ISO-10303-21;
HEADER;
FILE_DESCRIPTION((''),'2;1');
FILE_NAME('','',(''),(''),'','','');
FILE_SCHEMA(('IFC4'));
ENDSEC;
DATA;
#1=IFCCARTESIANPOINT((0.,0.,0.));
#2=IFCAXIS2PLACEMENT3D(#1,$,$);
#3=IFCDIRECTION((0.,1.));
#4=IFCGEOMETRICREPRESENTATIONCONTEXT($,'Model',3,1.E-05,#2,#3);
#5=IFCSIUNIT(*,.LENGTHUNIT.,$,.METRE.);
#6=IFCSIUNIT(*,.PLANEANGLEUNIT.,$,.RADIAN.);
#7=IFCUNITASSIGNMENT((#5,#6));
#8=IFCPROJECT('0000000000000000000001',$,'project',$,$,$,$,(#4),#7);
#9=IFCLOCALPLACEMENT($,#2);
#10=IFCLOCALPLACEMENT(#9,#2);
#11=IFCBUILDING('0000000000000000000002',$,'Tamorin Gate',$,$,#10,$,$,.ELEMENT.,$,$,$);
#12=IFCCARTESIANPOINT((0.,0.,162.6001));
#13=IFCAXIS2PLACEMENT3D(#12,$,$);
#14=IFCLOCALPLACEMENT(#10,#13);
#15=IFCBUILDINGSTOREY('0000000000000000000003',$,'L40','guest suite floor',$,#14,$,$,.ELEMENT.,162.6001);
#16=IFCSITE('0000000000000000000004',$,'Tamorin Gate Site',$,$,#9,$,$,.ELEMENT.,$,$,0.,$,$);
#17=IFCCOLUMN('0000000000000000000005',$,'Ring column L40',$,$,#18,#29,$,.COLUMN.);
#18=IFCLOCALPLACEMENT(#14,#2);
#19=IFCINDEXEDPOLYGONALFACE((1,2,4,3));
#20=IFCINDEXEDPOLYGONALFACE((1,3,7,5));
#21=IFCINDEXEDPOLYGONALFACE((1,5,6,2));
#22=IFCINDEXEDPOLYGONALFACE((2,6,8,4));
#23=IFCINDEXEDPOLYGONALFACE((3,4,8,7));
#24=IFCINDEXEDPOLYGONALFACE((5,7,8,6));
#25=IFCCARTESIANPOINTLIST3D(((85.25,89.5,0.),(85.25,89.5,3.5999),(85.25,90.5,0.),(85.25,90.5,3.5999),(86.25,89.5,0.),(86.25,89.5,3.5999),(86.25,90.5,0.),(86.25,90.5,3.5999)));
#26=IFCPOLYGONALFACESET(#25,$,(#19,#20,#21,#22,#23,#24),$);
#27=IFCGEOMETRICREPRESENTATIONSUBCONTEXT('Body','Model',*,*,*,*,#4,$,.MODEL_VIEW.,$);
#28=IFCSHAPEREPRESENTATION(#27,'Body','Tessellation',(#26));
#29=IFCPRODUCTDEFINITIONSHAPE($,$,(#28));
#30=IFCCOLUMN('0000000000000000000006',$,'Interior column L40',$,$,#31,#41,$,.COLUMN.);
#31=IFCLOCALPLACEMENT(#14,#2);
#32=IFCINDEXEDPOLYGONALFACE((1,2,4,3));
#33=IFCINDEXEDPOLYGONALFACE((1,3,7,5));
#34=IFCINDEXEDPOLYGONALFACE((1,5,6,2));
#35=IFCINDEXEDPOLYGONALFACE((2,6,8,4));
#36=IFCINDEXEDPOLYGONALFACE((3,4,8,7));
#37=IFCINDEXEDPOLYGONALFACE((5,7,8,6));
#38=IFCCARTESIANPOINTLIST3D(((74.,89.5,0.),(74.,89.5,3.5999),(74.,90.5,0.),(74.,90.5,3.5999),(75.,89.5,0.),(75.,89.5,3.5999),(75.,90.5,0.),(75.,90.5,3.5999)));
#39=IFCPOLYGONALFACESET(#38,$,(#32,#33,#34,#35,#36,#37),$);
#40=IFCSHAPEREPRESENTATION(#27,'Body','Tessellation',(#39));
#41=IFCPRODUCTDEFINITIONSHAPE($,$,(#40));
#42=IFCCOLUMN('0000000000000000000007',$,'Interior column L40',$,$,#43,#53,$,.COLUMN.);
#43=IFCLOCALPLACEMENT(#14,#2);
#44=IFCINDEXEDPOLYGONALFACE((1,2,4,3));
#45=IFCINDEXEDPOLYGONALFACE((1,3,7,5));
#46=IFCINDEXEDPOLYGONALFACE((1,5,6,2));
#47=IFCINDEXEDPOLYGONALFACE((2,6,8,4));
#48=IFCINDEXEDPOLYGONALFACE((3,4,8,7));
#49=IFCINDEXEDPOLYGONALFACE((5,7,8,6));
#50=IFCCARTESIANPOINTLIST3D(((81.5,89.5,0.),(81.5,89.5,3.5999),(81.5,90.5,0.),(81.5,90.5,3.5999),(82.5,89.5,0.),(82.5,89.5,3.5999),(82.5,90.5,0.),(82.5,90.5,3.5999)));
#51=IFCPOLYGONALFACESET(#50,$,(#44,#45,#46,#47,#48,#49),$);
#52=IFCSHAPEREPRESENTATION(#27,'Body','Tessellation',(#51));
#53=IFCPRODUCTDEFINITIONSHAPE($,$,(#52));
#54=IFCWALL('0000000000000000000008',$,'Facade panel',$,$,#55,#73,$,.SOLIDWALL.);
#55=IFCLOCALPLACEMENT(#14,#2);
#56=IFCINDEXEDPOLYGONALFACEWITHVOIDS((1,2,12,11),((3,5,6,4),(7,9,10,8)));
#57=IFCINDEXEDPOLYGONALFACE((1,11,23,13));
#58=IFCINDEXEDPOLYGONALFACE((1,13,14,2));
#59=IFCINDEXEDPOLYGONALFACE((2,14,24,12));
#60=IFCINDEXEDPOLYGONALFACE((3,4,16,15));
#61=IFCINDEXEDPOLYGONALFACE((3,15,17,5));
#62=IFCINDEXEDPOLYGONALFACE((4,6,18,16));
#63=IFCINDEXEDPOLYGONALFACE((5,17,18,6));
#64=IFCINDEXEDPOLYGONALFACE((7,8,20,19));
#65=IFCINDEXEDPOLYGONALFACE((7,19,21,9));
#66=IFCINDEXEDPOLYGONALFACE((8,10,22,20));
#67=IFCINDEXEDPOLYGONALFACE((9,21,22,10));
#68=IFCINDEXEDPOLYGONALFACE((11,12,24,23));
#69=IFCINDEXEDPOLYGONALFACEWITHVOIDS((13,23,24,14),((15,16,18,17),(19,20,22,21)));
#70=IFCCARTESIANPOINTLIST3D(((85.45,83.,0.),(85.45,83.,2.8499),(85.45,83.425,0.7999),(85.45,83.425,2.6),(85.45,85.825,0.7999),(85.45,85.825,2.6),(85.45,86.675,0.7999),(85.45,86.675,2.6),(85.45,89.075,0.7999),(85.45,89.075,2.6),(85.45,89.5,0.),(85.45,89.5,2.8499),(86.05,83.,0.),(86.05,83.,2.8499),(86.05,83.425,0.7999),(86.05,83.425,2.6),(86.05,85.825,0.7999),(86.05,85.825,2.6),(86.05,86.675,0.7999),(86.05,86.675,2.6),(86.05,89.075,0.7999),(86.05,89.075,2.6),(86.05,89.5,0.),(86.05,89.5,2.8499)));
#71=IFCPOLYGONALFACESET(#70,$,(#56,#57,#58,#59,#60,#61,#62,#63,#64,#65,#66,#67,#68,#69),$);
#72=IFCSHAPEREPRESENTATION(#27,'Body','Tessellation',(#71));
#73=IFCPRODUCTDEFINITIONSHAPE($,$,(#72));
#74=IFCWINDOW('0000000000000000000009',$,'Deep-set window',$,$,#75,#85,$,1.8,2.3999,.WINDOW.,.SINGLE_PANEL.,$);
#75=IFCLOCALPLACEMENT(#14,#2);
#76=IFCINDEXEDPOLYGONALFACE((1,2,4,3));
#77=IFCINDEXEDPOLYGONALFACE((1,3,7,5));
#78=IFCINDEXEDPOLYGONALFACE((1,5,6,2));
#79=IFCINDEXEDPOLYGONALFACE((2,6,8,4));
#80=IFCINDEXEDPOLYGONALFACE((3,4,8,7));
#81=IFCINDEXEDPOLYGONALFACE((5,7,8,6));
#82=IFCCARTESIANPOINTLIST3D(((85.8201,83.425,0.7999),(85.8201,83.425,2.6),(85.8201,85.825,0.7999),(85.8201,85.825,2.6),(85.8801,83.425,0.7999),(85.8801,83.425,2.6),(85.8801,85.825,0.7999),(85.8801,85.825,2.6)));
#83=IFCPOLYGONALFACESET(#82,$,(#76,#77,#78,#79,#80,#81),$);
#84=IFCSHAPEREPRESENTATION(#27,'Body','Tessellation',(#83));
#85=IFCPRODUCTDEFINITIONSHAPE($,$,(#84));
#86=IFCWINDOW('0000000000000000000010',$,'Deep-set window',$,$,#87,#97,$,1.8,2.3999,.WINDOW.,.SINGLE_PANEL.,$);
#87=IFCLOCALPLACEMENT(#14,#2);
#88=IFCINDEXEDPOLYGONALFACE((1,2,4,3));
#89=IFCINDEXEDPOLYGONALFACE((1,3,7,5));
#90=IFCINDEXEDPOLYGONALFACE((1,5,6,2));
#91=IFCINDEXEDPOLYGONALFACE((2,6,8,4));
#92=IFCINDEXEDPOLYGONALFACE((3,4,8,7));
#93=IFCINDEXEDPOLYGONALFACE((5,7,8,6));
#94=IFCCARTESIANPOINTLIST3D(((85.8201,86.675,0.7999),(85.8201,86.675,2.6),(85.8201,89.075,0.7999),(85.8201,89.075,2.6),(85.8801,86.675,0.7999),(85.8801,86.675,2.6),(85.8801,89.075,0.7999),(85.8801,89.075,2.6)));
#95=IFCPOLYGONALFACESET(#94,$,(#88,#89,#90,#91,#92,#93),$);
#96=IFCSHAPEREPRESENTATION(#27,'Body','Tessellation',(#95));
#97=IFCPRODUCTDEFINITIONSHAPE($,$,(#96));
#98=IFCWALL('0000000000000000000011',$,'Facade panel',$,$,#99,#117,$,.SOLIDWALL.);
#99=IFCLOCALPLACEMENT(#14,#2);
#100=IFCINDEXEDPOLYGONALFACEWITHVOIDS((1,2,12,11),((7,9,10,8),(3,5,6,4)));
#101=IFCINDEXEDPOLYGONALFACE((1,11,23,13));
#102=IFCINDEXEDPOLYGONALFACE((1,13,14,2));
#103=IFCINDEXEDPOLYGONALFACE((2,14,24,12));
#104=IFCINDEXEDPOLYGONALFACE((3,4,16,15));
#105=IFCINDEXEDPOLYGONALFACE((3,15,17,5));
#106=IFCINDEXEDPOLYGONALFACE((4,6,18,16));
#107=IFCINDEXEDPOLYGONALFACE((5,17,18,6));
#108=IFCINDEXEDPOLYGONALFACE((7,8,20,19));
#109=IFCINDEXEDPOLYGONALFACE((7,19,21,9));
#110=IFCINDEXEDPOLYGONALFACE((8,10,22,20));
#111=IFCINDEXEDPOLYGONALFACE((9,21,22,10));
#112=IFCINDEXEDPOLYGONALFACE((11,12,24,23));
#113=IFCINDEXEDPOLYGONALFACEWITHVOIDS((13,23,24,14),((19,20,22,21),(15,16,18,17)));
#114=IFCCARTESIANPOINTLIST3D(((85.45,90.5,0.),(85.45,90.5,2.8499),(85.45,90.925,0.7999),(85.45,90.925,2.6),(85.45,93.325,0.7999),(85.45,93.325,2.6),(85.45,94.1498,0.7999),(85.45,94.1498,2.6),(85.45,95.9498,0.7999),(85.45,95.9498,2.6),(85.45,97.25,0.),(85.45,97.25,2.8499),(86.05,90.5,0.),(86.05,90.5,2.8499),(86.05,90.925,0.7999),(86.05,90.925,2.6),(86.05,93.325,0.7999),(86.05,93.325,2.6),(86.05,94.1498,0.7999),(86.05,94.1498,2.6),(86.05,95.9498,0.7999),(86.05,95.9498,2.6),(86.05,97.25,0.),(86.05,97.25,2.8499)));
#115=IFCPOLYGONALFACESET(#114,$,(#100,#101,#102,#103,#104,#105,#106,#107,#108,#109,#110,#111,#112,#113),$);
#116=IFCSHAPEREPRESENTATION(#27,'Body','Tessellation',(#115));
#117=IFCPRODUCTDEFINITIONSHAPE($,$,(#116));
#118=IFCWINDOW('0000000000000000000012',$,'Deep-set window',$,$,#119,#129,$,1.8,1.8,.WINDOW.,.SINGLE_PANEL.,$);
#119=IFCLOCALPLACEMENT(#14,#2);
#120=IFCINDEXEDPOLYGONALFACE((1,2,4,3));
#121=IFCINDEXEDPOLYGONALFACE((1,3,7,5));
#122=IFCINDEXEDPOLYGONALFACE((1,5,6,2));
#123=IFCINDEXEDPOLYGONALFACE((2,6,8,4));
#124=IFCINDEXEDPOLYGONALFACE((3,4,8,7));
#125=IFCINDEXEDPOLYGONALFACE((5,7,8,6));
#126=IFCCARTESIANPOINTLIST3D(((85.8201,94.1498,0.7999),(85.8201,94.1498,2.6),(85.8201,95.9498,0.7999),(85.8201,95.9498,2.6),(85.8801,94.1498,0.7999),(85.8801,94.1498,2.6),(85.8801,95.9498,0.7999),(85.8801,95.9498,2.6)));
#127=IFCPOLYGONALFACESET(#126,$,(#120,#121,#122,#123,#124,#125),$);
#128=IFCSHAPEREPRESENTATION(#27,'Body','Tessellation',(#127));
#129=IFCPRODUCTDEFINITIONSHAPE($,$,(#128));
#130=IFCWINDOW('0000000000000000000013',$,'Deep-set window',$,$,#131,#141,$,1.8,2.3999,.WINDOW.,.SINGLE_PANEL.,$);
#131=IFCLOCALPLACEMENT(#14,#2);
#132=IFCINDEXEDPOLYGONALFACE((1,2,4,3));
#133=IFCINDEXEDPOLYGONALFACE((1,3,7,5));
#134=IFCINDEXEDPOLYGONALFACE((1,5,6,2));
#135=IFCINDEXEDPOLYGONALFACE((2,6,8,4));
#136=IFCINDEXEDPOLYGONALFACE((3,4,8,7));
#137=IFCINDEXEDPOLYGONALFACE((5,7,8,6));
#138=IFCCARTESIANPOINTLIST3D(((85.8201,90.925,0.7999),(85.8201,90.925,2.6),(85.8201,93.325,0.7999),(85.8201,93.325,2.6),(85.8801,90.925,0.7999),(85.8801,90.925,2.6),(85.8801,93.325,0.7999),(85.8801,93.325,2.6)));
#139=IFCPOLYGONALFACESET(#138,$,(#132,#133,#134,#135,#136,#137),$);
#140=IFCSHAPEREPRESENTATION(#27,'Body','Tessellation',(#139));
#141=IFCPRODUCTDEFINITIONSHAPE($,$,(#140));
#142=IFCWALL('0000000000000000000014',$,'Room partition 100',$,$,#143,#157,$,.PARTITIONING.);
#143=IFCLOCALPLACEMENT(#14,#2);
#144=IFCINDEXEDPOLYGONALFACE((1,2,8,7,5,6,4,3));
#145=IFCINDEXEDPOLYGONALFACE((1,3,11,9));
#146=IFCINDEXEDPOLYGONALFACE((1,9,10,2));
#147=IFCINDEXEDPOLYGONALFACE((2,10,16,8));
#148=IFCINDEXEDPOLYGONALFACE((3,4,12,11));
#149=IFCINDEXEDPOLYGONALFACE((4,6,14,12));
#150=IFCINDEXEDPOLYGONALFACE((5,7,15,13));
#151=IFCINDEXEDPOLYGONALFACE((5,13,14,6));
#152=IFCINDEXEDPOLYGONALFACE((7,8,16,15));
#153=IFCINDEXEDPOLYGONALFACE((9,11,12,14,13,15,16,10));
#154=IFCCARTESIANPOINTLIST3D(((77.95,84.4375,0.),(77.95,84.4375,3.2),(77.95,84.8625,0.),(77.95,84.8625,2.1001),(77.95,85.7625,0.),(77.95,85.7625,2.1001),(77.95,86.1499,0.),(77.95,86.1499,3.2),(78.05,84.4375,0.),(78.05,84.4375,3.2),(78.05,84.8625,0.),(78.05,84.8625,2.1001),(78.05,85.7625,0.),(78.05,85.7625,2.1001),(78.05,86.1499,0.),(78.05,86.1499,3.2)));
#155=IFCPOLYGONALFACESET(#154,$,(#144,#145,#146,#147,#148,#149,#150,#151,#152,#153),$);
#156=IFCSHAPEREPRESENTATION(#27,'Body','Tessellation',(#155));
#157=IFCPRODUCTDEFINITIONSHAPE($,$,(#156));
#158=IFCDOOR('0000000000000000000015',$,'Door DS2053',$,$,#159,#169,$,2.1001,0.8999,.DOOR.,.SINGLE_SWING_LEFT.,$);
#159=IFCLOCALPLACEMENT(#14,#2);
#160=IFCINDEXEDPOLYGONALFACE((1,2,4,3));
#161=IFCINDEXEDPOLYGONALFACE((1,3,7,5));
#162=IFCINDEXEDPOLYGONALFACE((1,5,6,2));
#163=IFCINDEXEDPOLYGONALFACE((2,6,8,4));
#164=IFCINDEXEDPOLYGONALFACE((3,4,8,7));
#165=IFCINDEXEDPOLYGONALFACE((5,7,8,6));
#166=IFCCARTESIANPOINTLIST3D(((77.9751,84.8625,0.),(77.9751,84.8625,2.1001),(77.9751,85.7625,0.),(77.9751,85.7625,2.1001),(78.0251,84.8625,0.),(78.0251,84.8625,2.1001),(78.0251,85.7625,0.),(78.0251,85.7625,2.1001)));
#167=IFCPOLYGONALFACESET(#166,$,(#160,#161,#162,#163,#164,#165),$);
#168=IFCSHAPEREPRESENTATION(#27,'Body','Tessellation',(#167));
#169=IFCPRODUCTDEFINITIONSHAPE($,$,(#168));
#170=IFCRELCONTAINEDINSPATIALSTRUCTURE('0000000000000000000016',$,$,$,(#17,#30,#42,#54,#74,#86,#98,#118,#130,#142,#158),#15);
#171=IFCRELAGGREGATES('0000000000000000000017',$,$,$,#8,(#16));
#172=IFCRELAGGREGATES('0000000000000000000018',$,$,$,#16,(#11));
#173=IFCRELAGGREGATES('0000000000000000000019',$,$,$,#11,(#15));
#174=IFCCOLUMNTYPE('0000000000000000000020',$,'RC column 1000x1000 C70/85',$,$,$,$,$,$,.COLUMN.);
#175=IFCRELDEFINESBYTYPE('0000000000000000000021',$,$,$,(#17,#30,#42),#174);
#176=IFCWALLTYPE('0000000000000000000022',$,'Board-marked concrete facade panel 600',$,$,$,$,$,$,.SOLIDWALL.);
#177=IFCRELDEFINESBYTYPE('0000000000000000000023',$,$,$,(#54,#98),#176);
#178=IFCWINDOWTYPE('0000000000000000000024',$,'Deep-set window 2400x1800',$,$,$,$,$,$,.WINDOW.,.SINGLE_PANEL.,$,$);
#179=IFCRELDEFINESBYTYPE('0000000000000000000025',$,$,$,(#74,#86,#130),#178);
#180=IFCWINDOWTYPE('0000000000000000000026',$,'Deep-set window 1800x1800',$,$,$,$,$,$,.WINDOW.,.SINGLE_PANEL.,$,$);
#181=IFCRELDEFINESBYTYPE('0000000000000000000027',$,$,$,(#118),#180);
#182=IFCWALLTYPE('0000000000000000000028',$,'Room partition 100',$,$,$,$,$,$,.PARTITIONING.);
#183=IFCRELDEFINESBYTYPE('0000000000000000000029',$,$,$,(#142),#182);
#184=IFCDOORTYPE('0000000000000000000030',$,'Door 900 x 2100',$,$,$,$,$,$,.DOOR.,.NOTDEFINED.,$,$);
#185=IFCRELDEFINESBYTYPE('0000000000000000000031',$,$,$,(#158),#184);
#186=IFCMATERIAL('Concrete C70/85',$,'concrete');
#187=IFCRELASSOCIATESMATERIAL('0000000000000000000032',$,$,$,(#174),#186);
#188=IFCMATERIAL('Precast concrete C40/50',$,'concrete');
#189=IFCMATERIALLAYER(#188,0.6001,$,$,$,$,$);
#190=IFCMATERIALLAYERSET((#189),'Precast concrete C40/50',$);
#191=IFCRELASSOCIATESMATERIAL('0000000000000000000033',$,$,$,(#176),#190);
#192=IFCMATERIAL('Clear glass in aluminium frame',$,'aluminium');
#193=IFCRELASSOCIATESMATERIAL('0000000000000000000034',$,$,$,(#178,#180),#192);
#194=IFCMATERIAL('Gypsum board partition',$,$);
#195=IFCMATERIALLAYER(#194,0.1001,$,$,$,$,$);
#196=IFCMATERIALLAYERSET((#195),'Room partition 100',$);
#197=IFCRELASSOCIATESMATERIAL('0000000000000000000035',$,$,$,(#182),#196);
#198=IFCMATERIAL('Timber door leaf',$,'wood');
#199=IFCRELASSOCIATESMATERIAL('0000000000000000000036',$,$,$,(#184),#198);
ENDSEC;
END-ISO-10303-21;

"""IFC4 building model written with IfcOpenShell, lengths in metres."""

from ifc_helpers import new_model, si_unit, direction, frame, frame_2d, origin, origin_2d, place, context, subcontext, project, spatial, rectangle, extrude, material, layer, layer_set, material_profile, profile_set, type_object, element, fill, save


model = new_model("IFC4")

# Units and contexts
model_context = context("Model", 3, precision=1e-05, world=origin(), true_north=direction((0.0, 1.0)))
body_context = subcontext(model_context, "Body", "Model", "MODEL_VIEW")
ifc_project = project(units=[si_unit("LENGTHUNIT", "METRE"), si_unit("PLANEANGLEUNIT", "RADIAN")], contexts=[model_context])

# Site, building, storey
site_placement = place(None, origin())
site = spatial("IfcSite", under=ifc_project, at=site_placement, Name="Tamorin Gate Site", CompositionType="ELEMENT", RefElevation=0.0)
building_placement = place(site_placement, origin())
building = spatial("IfcBuilding", under=site, at=building_placement, Name="Tamorin Gate", CompositionType="ELEMENT")
storey_placement = place(building_placement, frame((0.0, 0.0, 162.6001)))
storey = spatial("IfcBuildingStorey", under=building, at=storey_placement, Name="L40", Description="guest suite floor", CompositionType="ELEMENT", Elevation=162.6001)

# Columns
ifc_material_1 = material(Name="Concrete C70/85", Category="concrete")
ifc_material_profile = material_profile(ifc_material_1, rectangle(XDim=1.0, YDim=1.0, at=origin_2d()), Name="RC 1000x1000")
ifc_profile_set = profile_set([ifc_material_profile], Name="Concrete C70/85")
column_type = type_object("IfcColumnType", Name="RC column 1000x1000 C70/85", PredefinedType="COLUMN", material=ifc_profile_set)
for number, where, z_axis, x_axis, name in (
    (1, (85.75, 90.0, 0.0), (0.0, 0.0, 1.0), (1.0, 0.0, 0.0), "Ring column L40"),
    (2, (74.5, 90.0, 0.0), (0.0, 0.0, 1.0), (1.0, 0.0, 0.0), "Interior column L40"),
    (3, (82.0, 90.0, 0.0), (0.0, 0.0, 1.0), (1.0, 0.0, 0.0), "Interior column L40"),
):
    element("IfcColumn", number, at=place(storey_placement, frame(where, z_axis=z_axis, x_axis=x_axis)), inside=storey, type_object=column_type, Name=name, PredefinedType="COLUMN", context=body_context, shape_type="SweptSolid", body=[
        extrude(rectangle(XDim=1.0, YDim=1.0, at=origin_2d()), origin(), (0.0, 0.0, 1.0), 3.5999),
    ])

# Walls, openings, windows
ifc_material_2 = material(Name="Precast concrete C40/50", Category="concrete")
ifc_layer_1 = layer(ifc_material_2, 0.6001)
ifc_layer_set_1 = layer_set([ifc_layer_1], Name="Precast concrete C40/50")
wall_type_1 = type_object("IfcWallType", Name="Board-marked concrete facade panel 600", PredefinedType="SOLIDWALL", material=ifc_layer_set_1)
wall_1_placement = place(storey_placement, frame((85.75, 83.0, 0.0), z_axis=(0.0, 0.0, 1.0), x_axis=(0.0, 1.0, 0.0)))
wall_1 = element("IfcWall", 4, at=wall_1_placement, inside=storey, type_object=wall_type_1, Name="Facade panel", PredefinedType="SOLIDWALL", context=body_context, shape_type="SweptSolid", body=[
    extrude(rectangle(XDim=6.5, YDim=0.6001, at=frame_2d((3.25, 0.0))), origin(), (0.0, 0.0, 1.0), 2.8499),
])
opening_1_placement = place(wall_1_placement, frame((0.425, 0.0, 0.8)))
opening_1 = element("IfcOpeningElement", 5, at=opening_1_placement, cuts=wall_1, PredefinedType="OPENING", context=body_context, shape_type="SweptSolid", body=[
    extrude(rectangle(XDim=2.3999, YDim=1.8, at=frame_2d((1.2, 0.8999))), frame((0.0, 0.3101, 0.0), z_axis=(0.0, -1.0, 0.0), x_axis=(1.0, 0.0, 0.0)), (0.0, 0.0, 1.0), 0.6201),
])
opening_2_placement = place(wall_1_placement, frame((3.675, 0.0, 0.8)))
opening_2 = element("IfcOpeningElement", 6, at=opening_2_placement, cuts=wall_1, PredefinedType="OPENING", context=body_context, shape_type="SweptSolid", body=[
    extrude(rectangle(XDim=2.3999, YDim=1.8, at=frame_2d((1.2, 0.8999))), frame((0.0, 0.3101, 0.0), z_axis=(0.0, -1.0, 0.0), x_axis=(1.0, 0.0, 0.0)), (0.0, 0.0, 1.0), 0.6201),
])
ifc_material_3 = material(Name="Clear glass in aluminium frame", Category="aluminium")
window_type_1 = type_object("IfcWindowType", Name="Deep-set window 2400x1800", PartitioningType="SINGLE_PANEL", PredefinedType="WINDOW", material=ifc_material_3)
window_1_placement = place(opening_1_placement, origin())
window_1 = element("IfcWindow", 7, at=window_1_placement, inside=storey, type_object=window_type_1, Name="Deep-set window", OverallHeight=1.8, OverallWidth=2.3999, PartitioningType="SINGLE_PANEL", PredefinedType="WINDOW", context=body_context, shape_type="SweptSolid", body=[
    extrude(rectangle(XDim=2.3999, YDim=1.8, at=frame_2d((1.2, 0.8999))), frame((0.0, -0.0701, 0.0), z_axis=(0.0, -1.0, 0.0), x_axis=(1.0, 0.0, 0.0)), (0.0, 0.0, 1.0), 0.0601),
])
fill(opening_1, window_1)
window_2_placement = place(opening_2_placement, origin())
window_2 = element("IfcWindow", 8, at=window_2_placement, inside=storey, type_object=window_type_1, Name="Deep-set window", OverallHeight=1.8, OverallWidth=2.3999, PartitioningType="SINGLE_PANEL", PredefinedType="WINDOW", context=body_context, shape_type="SweptSolid", body=[
    extrude(rectangle(XDim=2.3999, YDim=1.8, at=frame_2d((1.2, 0.8999))), frame((0.0, -0.0701, 0.0), z_axis=(0.0, -1.0, 0.0), x_axis=(1.0, 0.0, 0.0)), (0.0, 0.0, 1.0), 0.0601),
])
fill(opening_2, window_2)
wall_2_placement = place(storey_placement, frame((85.75, 90.5, 0.0), z_axis=(0.0, 0.0, 1.0), x_axis=(0.0, 1.0, 0.0)))
wall_2 = element("IfcWall", 9, at=wall_2_placement, inside=storey, type_object=wall_type_1, Name="Facade panel", PredefinedType="SOLIDWALL", context=body_context, shape_type="SweptSolid", body=[
    extrude(rectangle(XDim=6.75, YDim=0.6001, at=frame_2d((3.375, 0.0))), origin(), (0.0, 0.0, 1.0), 2.8499),
])
opening_3_placement = place(wall_2_placement, frame((0.425, 0.0, 0.8)))
opening_3 = element("IfcOpeningElement", 10, at=opening_3_placement, cuts=wall_2, PredefinedType="OPENING", context=body_context, shape_type="SweptSolid", body=[
    extrude(rectangle(XDim=2.3999, YDim=1.8, at=frame_2d((1.2, 0.8999))), frame((0.0, 0.3101, 0.0), z_axis=(0.0, -1.0, 0.0), x_axis=(1.0, 0.0, 0.0)), (0.0, 0.0, 1.0), 0.6201),
])
opening_4_placement = place(wall_2_placement, frame((3.6499, 0.0, 0.8)))
opening_4 = element("IfcOpeningElement", 11, at=opening_4_placement, cuts=wall_2, PredefinedType="OPENING", context=body_context, shape_type="SweptSolid", body=[
    extrude(rectangle(XDim=1.8, YDim=1.8, at=frame_2d((0.8999, 0.8999))), frame((0.0, 0.3101, 0.0), z_axis=(0.0, -1.0, 0.0), x_axis=(1.0, 0.0, 0.0)), (0.0, 0.0, 1.0), 0.6201),
])
window_type_2 = type_object("IfcWindowType", Name="Deep-set window 1800x1800", PartitioningType="SINGLE_PANEL", PredefinedType="WINDOW", material=ifc_material_3)
window_3_placement = place(opening_4_placement, origin())
window_3 = element("IfcWindow", 12, at=window_3_placement, inside=storey, type_object=window_type_2, Name="Deep-set window", OverallHeight=1.8, OverallWidth=1.8, PartitioningType="SINGLE_PANEL", PredefinedType="WINDOW", context=body_context, shape_type="SweptSolid", body=[
    extrude(rectangle(XDim=1.8, YDim=1.8, at=frame_2d((0.8999, 0.8999))), frame((0.0, -0.0701, 0.0), z_axis=(0.0, -1.0, 0.0), x_axis=(1.0, 0.0, 0.0)), (0.0, 0.0, 1.0), 0.0601),
])
fill(opening_4, window_3)
window_4_placement = place(opening_3_placement, origin())
window_4 = element("IfcWindow", 13, at=window_4_placement, inside=storey, type_object=window_type_1, Name="Deep-set window", OverallHeight=1.8, OverallWidth=2.3999, PartitioningType="SINGLE_PANEL", PredefinedType="WINDOW", context=body_context, shape_type="SweptSolid", body=[
    extrude(rectangle(XDim=2.3999, YDim=1.8, at=frame_2d((1.2, 0.8999))), frame((0.0, -0.0701, 0.0), z_axis=(0.0, -1.0, 0.0), x_axis=(1.0, 0.0, 0.0)), (0.0, 0.0, 1.0), 0.0601),
])
fill(opening_3, window_4)

# Wall, opening, door
ifc_material_4 = material(Name="Gypsum board partition")
ifc_layer_2 = layer(ifc_material_4, 0.1001)
ifc_layer_set_2 = layer_set([ifc_layer_2], Name="Room partition 100")
wall_type_2 = type_object("IfcWallType", Name="Room partition 100", PredefinedType="PARTITIONING", material=ifc_layer_set_2)
wall_3_placement = place(storey_placement, frame((78.0, 84.4375, 0.0), z_axis=(0.0, 0.0, 1.0), x_axis=(0.0, 1.0, 0.0)))
wall_3 = element("IfcWall", 14, at=wall_3_placement, inside=storey, type_object=wall_type_2, Name="Room partition 100", PredefinedType="PARTITIONING", context=body_context, shape_type="SweptSolid", body=[
    extrude(rectangle(XDim=1.7124, YDim=0.1001, at=frame_2d((0.8562, 0.0))), origin(), (0.0, 0.0, 1.0), 3.2),
])
opening_5_placement = place(wall_3_placement, frame((0.425, 0.0, 0.0)))
opening_5 = element("IfcOpeningElement", 15, at=opening_5_placement, cuts=wall_3, PredefinedType="OPENING", context=body_context, shape_type="SweptSolid", body=[
    extrude(rectangle(XDim=0.8999, YDim=2.1001, at=frame_2d((0.45, 1.05))), frame((0.0, 0.0601, 0.0), z_axis=(0.0, -1.0, 0.0), x_axis=(1.0, 0.0, 0.0)), (0.0, 0.0, 1.0), 0.1201),
])
ifc_material_5 = material(Name="Timber door leaf", Category="wood")
door_type = type_object("IfcDoorType", Name="Door 900 x 2100", OperationType="NOTDEFINED", PredefinedType="DOOR", material=ifc_material_5)
door_1_placement = place(opening_5_placement, origin())
door_1 = element("IfcDoor", 16, at=door_1_placement, inside=storey, type_object=door_type, Name="Door DS2053", OperationType="SINGLE_SWING_LEFT", OverallHeight=2.1001, OverallWidth=0.8999, PredefinedType="DOOR", context=body_context, shape_type="SweptSolid", body=[
    extrude(rectangle(XDim=0.8999, YDim=2.1001, at=frame_2d((0.45, 1.05))), frame((0.0, 0.0249, 0.0), z_axis=(0.0, -1.0, 0.0), x_axis=(1.0, 0.0, 0.0)), (0.0, 0.0, 1.0), 0.05),
])
fill(opening_5, door_1)

save(model, "model.ifc")
